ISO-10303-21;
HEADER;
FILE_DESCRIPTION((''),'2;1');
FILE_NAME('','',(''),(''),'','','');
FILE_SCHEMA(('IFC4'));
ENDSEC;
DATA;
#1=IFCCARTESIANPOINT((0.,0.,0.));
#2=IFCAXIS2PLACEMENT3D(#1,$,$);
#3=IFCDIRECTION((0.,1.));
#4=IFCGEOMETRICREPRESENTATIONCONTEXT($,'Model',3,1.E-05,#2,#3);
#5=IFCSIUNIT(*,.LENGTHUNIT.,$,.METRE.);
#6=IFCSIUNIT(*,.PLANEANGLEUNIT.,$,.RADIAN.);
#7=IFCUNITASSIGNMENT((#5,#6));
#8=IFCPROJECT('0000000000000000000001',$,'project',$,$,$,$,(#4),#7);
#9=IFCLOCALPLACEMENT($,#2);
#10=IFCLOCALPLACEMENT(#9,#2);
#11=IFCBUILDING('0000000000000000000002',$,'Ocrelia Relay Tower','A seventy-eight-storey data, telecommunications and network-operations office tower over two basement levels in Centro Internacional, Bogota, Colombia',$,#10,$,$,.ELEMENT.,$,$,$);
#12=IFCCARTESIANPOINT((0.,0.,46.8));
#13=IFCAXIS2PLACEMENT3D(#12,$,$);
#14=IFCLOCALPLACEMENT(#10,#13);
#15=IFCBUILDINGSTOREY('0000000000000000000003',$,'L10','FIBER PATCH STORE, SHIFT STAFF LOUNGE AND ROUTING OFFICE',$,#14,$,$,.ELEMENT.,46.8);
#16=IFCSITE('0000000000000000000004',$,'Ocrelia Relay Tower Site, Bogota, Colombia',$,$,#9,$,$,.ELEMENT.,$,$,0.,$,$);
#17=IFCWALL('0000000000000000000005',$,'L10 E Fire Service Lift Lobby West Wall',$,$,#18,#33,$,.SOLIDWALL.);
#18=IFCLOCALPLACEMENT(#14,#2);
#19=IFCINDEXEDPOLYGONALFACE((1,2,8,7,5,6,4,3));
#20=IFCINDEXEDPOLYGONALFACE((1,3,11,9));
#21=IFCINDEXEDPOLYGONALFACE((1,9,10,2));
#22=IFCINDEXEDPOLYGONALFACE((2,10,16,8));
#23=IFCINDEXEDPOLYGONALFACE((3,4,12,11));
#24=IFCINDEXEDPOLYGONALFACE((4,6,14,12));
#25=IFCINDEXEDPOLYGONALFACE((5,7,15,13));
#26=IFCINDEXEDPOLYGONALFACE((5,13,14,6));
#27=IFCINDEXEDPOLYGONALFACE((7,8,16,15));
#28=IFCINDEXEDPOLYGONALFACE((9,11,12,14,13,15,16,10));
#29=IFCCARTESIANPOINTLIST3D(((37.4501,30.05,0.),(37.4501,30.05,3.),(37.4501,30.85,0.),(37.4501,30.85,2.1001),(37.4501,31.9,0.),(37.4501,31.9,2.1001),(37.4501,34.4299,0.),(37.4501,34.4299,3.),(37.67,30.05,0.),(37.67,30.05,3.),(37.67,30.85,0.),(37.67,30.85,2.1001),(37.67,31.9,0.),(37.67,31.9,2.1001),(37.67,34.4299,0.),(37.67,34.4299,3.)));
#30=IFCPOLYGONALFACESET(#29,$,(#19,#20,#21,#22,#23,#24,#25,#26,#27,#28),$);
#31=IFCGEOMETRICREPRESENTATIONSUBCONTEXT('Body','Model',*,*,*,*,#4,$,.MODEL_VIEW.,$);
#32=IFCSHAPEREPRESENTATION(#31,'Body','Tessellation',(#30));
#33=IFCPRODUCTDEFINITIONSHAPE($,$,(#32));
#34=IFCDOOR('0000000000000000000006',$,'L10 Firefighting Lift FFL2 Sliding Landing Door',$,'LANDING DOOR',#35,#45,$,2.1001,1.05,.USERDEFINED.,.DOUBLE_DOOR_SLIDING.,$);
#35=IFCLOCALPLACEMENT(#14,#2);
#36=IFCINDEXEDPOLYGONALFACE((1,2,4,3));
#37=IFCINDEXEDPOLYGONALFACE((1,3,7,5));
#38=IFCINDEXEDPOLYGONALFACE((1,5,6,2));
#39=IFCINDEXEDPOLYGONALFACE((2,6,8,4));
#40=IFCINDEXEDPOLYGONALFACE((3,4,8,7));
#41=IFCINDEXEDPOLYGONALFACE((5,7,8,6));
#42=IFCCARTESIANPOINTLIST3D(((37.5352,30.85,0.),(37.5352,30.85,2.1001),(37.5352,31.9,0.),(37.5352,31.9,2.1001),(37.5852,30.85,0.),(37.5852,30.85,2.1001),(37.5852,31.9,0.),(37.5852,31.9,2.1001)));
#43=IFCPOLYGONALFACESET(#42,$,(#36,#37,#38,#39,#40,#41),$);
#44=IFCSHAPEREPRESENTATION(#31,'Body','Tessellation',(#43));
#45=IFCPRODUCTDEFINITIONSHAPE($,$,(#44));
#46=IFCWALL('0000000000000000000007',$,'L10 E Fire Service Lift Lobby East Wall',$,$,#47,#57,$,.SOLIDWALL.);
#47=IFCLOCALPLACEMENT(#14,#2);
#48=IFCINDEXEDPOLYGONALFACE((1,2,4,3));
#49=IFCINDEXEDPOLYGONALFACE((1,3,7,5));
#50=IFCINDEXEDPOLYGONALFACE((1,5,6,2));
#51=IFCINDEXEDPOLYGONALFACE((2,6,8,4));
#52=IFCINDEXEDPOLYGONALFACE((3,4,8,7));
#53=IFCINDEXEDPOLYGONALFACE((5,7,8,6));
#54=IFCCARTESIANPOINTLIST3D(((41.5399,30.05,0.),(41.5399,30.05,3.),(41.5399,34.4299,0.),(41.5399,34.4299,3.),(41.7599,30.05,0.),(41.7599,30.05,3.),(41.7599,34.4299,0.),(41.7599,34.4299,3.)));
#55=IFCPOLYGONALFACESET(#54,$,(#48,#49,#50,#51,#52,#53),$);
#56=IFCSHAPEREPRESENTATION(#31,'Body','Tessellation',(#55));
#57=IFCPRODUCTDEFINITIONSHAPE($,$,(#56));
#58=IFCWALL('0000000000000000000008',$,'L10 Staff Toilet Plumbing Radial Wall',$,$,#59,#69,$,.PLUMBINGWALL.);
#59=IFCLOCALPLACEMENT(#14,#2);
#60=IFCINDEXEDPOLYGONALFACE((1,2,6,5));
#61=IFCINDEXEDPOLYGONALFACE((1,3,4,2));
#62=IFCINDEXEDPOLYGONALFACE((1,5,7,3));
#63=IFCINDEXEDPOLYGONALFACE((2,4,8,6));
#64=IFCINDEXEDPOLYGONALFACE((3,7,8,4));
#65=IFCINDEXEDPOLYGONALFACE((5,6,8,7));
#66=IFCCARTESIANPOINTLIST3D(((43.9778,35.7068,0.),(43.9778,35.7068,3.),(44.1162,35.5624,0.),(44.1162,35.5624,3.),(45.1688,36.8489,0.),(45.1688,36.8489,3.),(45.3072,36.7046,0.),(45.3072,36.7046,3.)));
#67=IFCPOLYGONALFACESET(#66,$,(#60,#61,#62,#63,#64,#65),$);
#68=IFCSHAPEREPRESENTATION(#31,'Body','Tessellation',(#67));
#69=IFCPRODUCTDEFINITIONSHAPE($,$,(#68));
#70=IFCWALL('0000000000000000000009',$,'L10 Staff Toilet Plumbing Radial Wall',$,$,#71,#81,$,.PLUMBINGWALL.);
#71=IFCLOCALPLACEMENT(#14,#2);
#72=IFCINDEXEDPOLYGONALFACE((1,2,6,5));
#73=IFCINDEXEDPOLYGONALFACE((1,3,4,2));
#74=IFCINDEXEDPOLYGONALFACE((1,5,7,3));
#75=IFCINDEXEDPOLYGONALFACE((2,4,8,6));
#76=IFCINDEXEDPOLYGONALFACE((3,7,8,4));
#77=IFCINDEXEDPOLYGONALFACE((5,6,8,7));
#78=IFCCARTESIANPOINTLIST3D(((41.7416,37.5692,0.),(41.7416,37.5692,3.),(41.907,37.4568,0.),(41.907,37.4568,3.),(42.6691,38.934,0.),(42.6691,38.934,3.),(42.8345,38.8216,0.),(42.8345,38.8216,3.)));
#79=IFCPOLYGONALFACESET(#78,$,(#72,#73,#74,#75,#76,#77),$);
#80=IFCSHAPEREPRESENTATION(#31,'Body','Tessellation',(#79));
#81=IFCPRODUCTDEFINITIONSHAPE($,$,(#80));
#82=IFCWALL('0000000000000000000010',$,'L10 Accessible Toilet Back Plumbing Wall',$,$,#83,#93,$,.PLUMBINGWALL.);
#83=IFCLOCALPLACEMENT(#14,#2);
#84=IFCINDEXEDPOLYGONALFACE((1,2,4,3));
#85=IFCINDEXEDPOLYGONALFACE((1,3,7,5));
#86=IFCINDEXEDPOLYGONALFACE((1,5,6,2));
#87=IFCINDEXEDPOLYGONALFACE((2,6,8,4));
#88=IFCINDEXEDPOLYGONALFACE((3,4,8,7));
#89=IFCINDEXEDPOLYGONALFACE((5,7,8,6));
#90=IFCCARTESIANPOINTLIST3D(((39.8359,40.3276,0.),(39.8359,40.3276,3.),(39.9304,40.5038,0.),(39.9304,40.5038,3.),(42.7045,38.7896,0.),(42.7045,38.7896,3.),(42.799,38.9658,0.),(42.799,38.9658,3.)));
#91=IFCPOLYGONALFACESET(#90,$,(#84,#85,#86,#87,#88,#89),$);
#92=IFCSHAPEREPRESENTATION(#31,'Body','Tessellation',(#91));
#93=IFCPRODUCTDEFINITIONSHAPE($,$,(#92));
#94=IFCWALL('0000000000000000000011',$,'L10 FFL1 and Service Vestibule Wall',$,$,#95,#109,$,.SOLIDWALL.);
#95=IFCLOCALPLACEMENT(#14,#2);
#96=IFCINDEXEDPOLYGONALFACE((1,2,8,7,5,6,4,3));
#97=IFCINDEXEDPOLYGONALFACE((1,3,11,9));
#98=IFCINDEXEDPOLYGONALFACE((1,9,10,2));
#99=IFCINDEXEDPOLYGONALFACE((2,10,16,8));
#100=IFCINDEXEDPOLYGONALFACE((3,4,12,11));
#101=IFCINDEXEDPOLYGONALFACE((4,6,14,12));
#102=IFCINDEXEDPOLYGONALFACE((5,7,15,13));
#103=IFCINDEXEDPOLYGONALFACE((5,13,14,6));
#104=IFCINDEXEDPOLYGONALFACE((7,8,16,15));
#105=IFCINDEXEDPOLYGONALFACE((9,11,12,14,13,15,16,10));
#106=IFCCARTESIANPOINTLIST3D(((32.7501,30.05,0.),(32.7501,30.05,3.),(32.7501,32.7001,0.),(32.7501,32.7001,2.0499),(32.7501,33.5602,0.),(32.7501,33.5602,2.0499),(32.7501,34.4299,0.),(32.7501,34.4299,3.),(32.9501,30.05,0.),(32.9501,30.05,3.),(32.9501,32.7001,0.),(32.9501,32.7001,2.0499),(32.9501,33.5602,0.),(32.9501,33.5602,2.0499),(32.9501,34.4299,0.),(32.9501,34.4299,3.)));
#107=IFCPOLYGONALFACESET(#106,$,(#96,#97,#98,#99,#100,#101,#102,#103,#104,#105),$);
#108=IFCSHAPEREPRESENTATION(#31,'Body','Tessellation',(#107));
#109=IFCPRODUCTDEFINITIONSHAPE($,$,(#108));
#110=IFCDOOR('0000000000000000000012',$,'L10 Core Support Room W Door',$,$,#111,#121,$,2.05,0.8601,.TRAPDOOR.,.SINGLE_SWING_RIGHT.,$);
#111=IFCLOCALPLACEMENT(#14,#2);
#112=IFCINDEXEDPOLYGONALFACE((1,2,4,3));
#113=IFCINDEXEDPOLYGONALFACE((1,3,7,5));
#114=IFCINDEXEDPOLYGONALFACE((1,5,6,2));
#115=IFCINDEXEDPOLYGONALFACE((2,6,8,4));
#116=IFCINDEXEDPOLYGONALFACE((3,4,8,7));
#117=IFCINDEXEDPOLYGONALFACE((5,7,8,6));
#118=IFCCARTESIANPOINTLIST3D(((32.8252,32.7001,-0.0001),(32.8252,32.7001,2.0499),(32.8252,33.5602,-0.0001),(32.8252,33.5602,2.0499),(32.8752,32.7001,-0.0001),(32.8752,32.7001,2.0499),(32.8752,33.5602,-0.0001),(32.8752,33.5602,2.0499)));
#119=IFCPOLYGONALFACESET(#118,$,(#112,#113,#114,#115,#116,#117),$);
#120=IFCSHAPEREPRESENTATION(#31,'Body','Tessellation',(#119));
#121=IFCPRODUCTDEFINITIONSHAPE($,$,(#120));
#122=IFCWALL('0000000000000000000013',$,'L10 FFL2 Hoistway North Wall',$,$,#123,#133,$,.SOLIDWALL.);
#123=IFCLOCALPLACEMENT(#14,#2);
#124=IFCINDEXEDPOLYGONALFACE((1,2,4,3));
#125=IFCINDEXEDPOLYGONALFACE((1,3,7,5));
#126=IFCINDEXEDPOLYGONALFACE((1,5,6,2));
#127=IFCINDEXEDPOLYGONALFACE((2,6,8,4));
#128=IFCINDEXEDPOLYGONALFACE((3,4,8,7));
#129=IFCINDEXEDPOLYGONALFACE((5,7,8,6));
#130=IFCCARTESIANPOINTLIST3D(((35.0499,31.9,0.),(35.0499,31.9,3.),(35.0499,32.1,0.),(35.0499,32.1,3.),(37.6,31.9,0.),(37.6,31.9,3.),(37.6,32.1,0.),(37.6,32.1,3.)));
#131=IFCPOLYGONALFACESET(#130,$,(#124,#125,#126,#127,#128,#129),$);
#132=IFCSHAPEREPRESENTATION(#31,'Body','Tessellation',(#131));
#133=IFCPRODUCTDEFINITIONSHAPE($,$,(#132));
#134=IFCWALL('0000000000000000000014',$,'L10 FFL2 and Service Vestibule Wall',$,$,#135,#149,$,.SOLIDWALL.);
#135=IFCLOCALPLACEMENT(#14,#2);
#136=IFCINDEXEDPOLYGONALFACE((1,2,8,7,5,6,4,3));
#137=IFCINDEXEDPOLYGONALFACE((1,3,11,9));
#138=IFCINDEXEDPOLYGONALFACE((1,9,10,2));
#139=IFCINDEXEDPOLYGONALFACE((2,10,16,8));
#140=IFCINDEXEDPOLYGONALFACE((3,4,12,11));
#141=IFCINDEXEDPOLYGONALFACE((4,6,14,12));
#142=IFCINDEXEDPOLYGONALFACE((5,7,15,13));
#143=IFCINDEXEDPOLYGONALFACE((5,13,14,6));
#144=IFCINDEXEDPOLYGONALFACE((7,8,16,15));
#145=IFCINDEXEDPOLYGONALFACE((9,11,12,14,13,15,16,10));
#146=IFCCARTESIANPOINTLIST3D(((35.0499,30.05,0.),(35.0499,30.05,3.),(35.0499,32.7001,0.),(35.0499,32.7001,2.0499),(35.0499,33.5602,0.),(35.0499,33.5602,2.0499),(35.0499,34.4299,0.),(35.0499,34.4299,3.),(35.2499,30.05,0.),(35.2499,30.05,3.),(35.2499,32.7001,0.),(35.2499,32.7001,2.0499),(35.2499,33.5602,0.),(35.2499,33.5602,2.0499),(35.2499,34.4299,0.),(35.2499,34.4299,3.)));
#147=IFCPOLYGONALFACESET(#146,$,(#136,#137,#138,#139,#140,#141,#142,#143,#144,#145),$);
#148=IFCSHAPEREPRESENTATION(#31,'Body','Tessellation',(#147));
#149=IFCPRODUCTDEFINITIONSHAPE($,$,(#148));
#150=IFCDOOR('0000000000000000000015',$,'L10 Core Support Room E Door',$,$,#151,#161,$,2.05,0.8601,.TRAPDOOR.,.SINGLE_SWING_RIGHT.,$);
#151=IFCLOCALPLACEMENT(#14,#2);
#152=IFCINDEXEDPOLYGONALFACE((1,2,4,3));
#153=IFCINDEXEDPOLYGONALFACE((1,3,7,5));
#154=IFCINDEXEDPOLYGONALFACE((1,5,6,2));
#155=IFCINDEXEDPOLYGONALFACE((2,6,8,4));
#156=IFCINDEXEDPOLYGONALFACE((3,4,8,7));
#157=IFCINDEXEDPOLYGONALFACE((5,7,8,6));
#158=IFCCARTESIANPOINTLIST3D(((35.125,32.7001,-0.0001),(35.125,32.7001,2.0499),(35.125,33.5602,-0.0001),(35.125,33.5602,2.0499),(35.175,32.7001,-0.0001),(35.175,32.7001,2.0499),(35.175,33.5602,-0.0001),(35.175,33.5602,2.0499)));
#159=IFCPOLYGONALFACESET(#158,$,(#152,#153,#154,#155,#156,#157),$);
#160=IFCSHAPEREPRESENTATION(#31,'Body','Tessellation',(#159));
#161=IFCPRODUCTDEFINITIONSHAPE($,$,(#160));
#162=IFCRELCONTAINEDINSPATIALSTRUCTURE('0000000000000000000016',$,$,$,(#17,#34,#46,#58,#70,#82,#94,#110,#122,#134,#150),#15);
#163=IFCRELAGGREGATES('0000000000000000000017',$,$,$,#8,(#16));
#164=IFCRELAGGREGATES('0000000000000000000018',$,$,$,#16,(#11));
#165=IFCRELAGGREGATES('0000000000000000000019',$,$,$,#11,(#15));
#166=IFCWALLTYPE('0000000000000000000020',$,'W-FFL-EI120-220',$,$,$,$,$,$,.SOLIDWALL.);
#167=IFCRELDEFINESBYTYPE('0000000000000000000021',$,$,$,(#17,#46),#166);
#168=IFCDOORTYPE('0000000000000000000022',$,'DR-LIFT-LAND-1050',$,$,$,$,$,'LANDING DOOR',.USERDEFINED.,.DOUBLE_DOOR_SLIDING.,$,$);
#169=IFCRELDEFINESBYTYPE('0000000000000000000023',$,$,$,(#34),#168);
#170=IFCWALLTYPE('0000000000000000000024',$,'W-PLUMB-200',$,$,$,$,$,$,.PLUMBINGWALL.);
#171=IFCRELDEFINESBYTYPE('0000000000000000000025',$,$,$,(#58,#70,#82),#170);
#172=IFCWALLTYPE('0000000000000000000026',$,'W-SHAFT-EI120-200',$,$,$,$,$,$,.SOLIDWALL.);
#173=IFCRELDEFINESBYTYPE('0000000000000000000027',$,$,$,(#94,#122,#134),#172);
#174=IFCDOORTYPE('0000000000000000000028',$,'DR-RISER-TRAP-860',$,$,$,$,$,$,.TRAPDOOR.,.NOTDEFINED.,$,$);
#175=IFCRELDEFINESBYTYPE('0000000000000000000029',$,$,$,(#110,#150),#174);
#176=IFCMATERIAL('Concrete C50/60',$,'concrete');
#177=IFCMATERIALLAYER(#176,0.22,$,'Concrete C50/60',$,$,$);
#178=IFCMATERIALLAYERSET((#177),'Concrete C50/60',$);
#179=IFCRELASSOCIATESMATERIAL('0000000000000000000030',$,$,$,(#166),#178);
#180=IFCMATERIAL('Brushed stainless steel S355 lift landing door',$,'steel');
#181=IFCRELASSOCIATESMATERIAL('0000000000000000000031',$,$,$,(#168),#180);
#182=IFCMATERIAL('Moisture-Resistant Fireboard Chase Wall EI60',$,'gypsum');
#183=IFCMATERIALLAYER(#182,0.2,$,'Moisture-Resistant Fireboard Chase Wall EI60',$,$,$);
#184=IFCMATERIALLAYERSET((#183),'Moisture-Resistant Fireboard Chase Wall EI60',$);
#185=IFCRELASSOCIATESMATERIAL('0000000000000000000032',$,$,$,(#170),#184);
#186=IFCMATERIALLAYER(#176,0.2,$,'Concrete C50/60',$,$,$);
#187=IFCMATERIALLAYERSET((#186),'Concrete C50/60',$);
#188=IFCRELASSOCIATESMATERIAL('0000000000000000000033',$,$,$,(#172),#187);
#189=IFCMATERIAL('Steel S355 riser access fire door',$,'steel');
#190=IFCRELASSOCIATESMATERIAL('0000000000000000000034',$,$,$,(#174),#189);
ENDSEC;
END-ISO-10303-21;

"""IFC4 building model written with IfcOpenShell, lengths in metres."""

from ifc_helpers import new_model, si_unit, direction, frame, frame_2d, origin, place, context, subcontext, project, spatial, rectangle, extrude, material, layer, layer_set, type_object, element, fill, save


model = new_model("IFC4")

# Units and contexts
model_context = context("Model", 3, precision=1e-05, world=origin(), true_north=direction((0.0, 1.0)))
body_context = subcontext(model_context, "Body", "Model", "MODEL_VIEW")
ifc_project = project(units=[si_unit("LENGTHUNIT", "METRE"), si_unit("PLANEANGLEUNIT", "RADIAN")], contexts=[model_context])

# Site, building, storey
site_placement = place(None, origin())
site = spatial("IfcSite", under=ifc_project, at=site_placement, Name="Ocrelia Relay Tower Site, Bogota, Colombia", CompositionType="ELEMENT", RefElevation=0.0)
building_placement = place(site_placement, origin())
building = spatial("IfcBuilding", under=site, at=building_placement, Name="Ocrelia Relay Tower", Description="A seventy-eight-storey data, telecommunications and network-operations office tower over two basement levels in Centro Internacional, Bogota, Colombia", CompositionType="ELEMENT")
storey_placement = place(building_placement, frame((0.0, 0.0, 46.8)))
storey = spatial("IfcBuildingStorey", under=building, at=storey_placement, Name="L10", Description="FIBER PATCH STORE, SHIFT STAFF LOUNGE AND ROUTING OFFICE", CompositionType="ELEMENT", Elevation=46.8)

# Wall, opening, door
ifc_material_1 = material(Name="Concrete C50/60", Category="concrete")
ifc_layer_1 = layer(ifc_material_1, 0.22, Name="Concrete C50/60")
ifc_layer_set_1 = layer_set([ifc_layer_1], Name="Concrete C50/60")
wall_type_1 = type_object("IfcWallType", Name="W-FFL-EI120-220", PredefinedType="SOLIDWALL", material=ifc_layer_set_1)
wall_1_placement = place(storey_placement, frame((37.5601, 30.05, 0.0), z_axis=(0.0, 0.0, 1.0), x_axis=(0.0, 1.0, 0.0)))
wall_1 = element("IfcWall", 1, at=wall_1_placement, inside=storey, type_object=wall_type_1, Name="L10 E Fire Service Lift Lobby West Wall", PredefinedType="SOLIDWALL", context=body_context, shape_type="SweptSolid", body=[
    extrude(rectangle(XDim=4.3799, YDim=0.22, at=frame_2d((2.1899, 0.0))), origin(), (0.0, 0.0, 1.0), 3.0),
])
opening_1_placement = place(wall_1_placement, frame((0.8, 0.0, 0.0)))
opening_1 = element("IfcOpeningElement", 2, at=opening_1_placement, cuts=wall_1, PredefinedType="OPENING", context=body_context, shape_type="SweptSolid", body=[
    extrude(rectangle(XDim=1.05, YDim=2.1001, at=frame_2d((0.5249, 1.05))), frame((0.0, 0.1201, 0.0), z_axis=(0.0, -1.0, 0.0), x_axis=(1.0, 0.0, 0.0)), (0.0, 0.0, 1.0), 0.24),
])
ifc_material_2 = material(Name="Brushed stainless steel S355 lift landing door", Category="steel")
door_type_1 = type_object("IfcDoorType", Name="DR-LIFT-LAND-1050", ElementType="LANDING DOOR", OperationType="DOUBLE_DOOR_SLIDING", PredefinedType="USERDEFINED", material=ifc_material_2)
door_1_placement = place(opening_1_placement, origin())
door_1 = element("IfcDoor", 3, at=door_1_placement, inside=storey, type_object=door_type_1, Name="L10 Firefighting Lift FFL2 Sliding Landing Door", ObjectType="LANDING DOOR", OperationType="DOUBLE_DOOR_SLIDING", OverallHeight=2.1001, OverallWidth=1.05, PredefinedType="USERDEFINED", context=body_context, shape_type="SweptSolid", body=[
    extrude(rectangle(XDim=1.05, YDim=2.1001, at=frame_2d((0.5249, 1.05))), frame((0.0, 0.0249, 0.0), z_axis=(0.0, -1.0, 0.0), x_axis=(1.0, 0.0, 0.0)), (0.0, 0.0, 1.0), 0.05),
])
fill(opening_1, door_1)

# Wall
wall_2_placement = place(storey_placement, frame((41.6499, 30.05, 0.0), z_axis=(0.0, 0.0, 1.0), x_axis=(0.0, 1.0, 0.0)))
element("IfcWall", 4, at=wall_2_placement, inside=storey, type_object=wall_type_1, Name="L10 E Fire Service Lift Lobby East Wall", PredefinedType="SOLIDWALL", context=body_context, shape_type="SweptSolid", body=[
    extrude(rectangle(XDim=4.3799, YDim=0.22, at=frame_2d((2.1899, 0.0))), origin(), (0.0, 0.0, 1.0), 3.0),
])

# Walls
ifc_material_3 = material(Name="Moisture-Resistant Fireboard Chase Wall EI60", Category="gypsum")
ifc_layer_2 = layer(ifc_material_3, 0.2, Name="Moisture-Resistant Fireboard Chase Wall EI60")
ifc_layer_set_2 = layer_set([ifc_layer_2], Name="Moisture-Resistant Fireboard Chase Wall EI60")
wall_type_2 = type_object("IfcWallType", Name="W-PLUMB-200", PredefinedType="PLUMBINGWALL", material=ifc_layer_set_2)
for number, where, z_axis, x_axis, name in (
    (5, (44.0469, 35.6345, 0.0), (0.0, 0.0, 1.0), (0.721748, 0.692156, 0.0), "L10 Staff Toilet Plumbing Radial Wall"),
    (6, (41.8242, 37.5129, 0.0), (0.0, 0.0, 1.0), (0.562087, 0.827078, 0.0), "L10 Staff Toilet Plumbing Radial Wall"),
):
    element("IfcWall", number, at=place(storey_placement, frame(where, z_axis=z_axis, x_axis=x_axis)), inside=storey, type_object=wall_type_2, Name=name, PredefinedType="PLUMBINGWALL", context=body_context, shape_type="SweptSolid", body=[
        extrude(rectangle(XDim=1.6501, YDim=0.2, at=frame_2d((0.8252, 0.0))), origin(), (0.0, 0.0, 1.0), 3.0),
    ])
wall_3_placement = place(storey_placement, frame((42.7517, 38.8777, 0.0), z_axis=(0.0, 0.0, 1.0), x_axis=(-0.881313, 0.472534, 0.0)))
element("IfcWall", 7, at=wall_3_placement, inside=storey, type_object=wall_type_2, Name="L10 Accessible Toilet Back Plumbing Wall", PredefinedType="PLUMBINGWALL", context=body_context, shape_type="SweptSolid", body=[
    extrude(rectangle(XDim=3.2549, YDim=0.2, at=frame_2d((1.6274, 0.0))), origin(), (0.0, 0.0, 1.0), 3.0),
])

# Wall, opening, door
ifc_layer_3 = layer(ifc_material_1, 0.2, Name="Concrete C50/60")
ifc_layer_set_3 = layer_set([ifc_layer_3], Name="Concrete C50/60")
wall_type_3 = type_object("IfcWallType", Name="W-SHAFT-EI120-200", PredefinedType="SOLIDWALL", material=ifc_layer_set_3)
wall_4_placement = place(storey_placement, frame((32.8501, 30.05, 0.0), z_axis=(0.0, 0.0, 1.0), x_axis=(0.0, 1.0, 0.0)))
wall_4 = element("IfcWall", 8, at=wall_4_placement, inside=storey, type_object=wall_type_3, Name="L10 FFL1 and Service Vestibule Wall", PredefinedType="SOLIDWALL", context=body_context, shape_type="SweptSolid", body=[
    extrude(rectangle(XDim=4.3799, YDim=0.2, at=frame_2d((2.1899, 0.0))), origin(), (0.0, 0.0, 1.0), 3.0),
])
opening_2_placement = place(wall_4_placement, frame((2.6499, 0.0, 0.0)))
opening_2 = element("IfcOpeningElement", 9, at=opening_2_placement, cuts=wall_4, PredefinedType="OPENING", context=body_context, shape_type="SweptSolid", body=[
    extrude(rectangle(XDim=0.8601, YDim=2.05, at=frame_2d((0.4302, 1.0249))), frame((0.0, 0.1099, 0.0), z_axis=(0.0, -1.0, 0.0), x_axis=(1.0, 0.0, 0.0)), (0.0, 0.0, 1.0), 0.22),
])
ifc_material_4 = material(Name="Steel S355 riser access fire door", Category="steel")
door_type_2 = type_object("IfcDoorType", Name="DR-RISER-TRAP-860", OperationType="NOTDEFINED", PredefinedType="TRAPDOOR", material=ifc_material_4)
door_2_placement = place(opening_2_placement, origin())
door_2 = element("IfcDoor", 10, at=door_2_placement, inside=storey, type_object=door_type_2, Name="L10 Core Support Room W Door", OperationType="SINGLE_SWING_RIGHT", OverallHeight=2.05, OverallWidth=0.8601, PredefinedType="TRAPDOOR", context=body_context, shape_type="SweptSolid", body=[
    extrude(rectangle(XDim=0.8601, YDim=2.05, at=frame_2d((0.4302, 1.0249))), frame((0.0, 0.0249, 0.0), z_axis=(0.0, -1.0, 0.0), x_axis=(1.0, 0.0, 0.0)), (0.0, 0.0, 1.0), 0.05),
])
fill(opening_2, door_2)

# Wall
wall_5_placement = place(storey_placement, frame((35.05, 32.0, 0.0), z_axis=(0.0, 0.0, 1.0), x_axis=(1.0, 0.0, 0.0)))
element("IfcWall", 11, at=wall_5_placement, inside=storey, type_object=wall_type_3, Name="L10 FFL2 Hoistway North Wall", PredefinedType="SOLIDWALL", context=body_context, shape_type="SweptSolid", body=[
    extrude(rectangle(XDim=2.55, YDim=0.2, at=frame_2d((1.2749, 0.0))), origin(), (0.0, 0.0, 1.0), 3.0),
])

# Wall, opening, door
wall_6_placement = place(storey_placement, frame((35.1499, 30.05, 0.0), z_axis=(0.0, 0.0, 1.0), x_axis=(0.0, 1.0, 0.0)))
wall_6 = element("IfcWall", 12, at=wall_6_placement, inside=storey, type_object=wall_type_3, Name="L10 FFL2 and Service Vestibule Wall", PredefinedType="SOLIDWALL", context=body_context, shape_type="SweptSolid", body=[
    extrude(rectangle(XDim=4.3799, YDim=0.2, at=frame_2d((2.1899, 0.0))), origin(), (0.0, 0.0, 1.0), 3.0),
])
opening_3_placement = place(wall_6_placement, frame((2.6499, 0.0, 0.0)))
opening_3 = element("IfcOpeningElement", 13, at=opening_3_placement, cuts=wall_6, PredefinedType="OPENING", context=body_context, shape_type="SweptSolid", body=[
    extrude(rectangle(XDim=0.8601, YDim=2.05, at=frame_2d((0.4302, 1.0249))), frame((0.0, 0.1099, 0.0), z_axis=(0.0, -1.0, 0.0), x_axis=(1.0, 0.0, 0.0)), (0.0, 0.0, 1.0), 0.22),
])
door_3_placement = place(opening_3_placement, origin())
door_3 = element("IfcDoor", 14, at=door_3_placement, inside=storey, type_object=door_type_2, Name="L10 Core Support Room E Door", OperationType="SINGLE_SWING_RIGHT", OverallHeight=2.05, OverallWidth=0.8601, PredefinedType="TRAPDOOR", context=body_context, shape_type="SweptSolid", body=[
    extrude(rectangle(XDim=0.8601, YDim=2.05, at=frame_2d((0.4302, 1.0249))), frame((0.0, 0.0249, 0.0), z_axis=(0.0, -1.0, 0.0), x_axis=(1.0, 0.0, 0.0)), (0.0, 0.0, 1.0), 0.05),
])
fill(opening_3, door_3)

save(model, "model.ifc")
